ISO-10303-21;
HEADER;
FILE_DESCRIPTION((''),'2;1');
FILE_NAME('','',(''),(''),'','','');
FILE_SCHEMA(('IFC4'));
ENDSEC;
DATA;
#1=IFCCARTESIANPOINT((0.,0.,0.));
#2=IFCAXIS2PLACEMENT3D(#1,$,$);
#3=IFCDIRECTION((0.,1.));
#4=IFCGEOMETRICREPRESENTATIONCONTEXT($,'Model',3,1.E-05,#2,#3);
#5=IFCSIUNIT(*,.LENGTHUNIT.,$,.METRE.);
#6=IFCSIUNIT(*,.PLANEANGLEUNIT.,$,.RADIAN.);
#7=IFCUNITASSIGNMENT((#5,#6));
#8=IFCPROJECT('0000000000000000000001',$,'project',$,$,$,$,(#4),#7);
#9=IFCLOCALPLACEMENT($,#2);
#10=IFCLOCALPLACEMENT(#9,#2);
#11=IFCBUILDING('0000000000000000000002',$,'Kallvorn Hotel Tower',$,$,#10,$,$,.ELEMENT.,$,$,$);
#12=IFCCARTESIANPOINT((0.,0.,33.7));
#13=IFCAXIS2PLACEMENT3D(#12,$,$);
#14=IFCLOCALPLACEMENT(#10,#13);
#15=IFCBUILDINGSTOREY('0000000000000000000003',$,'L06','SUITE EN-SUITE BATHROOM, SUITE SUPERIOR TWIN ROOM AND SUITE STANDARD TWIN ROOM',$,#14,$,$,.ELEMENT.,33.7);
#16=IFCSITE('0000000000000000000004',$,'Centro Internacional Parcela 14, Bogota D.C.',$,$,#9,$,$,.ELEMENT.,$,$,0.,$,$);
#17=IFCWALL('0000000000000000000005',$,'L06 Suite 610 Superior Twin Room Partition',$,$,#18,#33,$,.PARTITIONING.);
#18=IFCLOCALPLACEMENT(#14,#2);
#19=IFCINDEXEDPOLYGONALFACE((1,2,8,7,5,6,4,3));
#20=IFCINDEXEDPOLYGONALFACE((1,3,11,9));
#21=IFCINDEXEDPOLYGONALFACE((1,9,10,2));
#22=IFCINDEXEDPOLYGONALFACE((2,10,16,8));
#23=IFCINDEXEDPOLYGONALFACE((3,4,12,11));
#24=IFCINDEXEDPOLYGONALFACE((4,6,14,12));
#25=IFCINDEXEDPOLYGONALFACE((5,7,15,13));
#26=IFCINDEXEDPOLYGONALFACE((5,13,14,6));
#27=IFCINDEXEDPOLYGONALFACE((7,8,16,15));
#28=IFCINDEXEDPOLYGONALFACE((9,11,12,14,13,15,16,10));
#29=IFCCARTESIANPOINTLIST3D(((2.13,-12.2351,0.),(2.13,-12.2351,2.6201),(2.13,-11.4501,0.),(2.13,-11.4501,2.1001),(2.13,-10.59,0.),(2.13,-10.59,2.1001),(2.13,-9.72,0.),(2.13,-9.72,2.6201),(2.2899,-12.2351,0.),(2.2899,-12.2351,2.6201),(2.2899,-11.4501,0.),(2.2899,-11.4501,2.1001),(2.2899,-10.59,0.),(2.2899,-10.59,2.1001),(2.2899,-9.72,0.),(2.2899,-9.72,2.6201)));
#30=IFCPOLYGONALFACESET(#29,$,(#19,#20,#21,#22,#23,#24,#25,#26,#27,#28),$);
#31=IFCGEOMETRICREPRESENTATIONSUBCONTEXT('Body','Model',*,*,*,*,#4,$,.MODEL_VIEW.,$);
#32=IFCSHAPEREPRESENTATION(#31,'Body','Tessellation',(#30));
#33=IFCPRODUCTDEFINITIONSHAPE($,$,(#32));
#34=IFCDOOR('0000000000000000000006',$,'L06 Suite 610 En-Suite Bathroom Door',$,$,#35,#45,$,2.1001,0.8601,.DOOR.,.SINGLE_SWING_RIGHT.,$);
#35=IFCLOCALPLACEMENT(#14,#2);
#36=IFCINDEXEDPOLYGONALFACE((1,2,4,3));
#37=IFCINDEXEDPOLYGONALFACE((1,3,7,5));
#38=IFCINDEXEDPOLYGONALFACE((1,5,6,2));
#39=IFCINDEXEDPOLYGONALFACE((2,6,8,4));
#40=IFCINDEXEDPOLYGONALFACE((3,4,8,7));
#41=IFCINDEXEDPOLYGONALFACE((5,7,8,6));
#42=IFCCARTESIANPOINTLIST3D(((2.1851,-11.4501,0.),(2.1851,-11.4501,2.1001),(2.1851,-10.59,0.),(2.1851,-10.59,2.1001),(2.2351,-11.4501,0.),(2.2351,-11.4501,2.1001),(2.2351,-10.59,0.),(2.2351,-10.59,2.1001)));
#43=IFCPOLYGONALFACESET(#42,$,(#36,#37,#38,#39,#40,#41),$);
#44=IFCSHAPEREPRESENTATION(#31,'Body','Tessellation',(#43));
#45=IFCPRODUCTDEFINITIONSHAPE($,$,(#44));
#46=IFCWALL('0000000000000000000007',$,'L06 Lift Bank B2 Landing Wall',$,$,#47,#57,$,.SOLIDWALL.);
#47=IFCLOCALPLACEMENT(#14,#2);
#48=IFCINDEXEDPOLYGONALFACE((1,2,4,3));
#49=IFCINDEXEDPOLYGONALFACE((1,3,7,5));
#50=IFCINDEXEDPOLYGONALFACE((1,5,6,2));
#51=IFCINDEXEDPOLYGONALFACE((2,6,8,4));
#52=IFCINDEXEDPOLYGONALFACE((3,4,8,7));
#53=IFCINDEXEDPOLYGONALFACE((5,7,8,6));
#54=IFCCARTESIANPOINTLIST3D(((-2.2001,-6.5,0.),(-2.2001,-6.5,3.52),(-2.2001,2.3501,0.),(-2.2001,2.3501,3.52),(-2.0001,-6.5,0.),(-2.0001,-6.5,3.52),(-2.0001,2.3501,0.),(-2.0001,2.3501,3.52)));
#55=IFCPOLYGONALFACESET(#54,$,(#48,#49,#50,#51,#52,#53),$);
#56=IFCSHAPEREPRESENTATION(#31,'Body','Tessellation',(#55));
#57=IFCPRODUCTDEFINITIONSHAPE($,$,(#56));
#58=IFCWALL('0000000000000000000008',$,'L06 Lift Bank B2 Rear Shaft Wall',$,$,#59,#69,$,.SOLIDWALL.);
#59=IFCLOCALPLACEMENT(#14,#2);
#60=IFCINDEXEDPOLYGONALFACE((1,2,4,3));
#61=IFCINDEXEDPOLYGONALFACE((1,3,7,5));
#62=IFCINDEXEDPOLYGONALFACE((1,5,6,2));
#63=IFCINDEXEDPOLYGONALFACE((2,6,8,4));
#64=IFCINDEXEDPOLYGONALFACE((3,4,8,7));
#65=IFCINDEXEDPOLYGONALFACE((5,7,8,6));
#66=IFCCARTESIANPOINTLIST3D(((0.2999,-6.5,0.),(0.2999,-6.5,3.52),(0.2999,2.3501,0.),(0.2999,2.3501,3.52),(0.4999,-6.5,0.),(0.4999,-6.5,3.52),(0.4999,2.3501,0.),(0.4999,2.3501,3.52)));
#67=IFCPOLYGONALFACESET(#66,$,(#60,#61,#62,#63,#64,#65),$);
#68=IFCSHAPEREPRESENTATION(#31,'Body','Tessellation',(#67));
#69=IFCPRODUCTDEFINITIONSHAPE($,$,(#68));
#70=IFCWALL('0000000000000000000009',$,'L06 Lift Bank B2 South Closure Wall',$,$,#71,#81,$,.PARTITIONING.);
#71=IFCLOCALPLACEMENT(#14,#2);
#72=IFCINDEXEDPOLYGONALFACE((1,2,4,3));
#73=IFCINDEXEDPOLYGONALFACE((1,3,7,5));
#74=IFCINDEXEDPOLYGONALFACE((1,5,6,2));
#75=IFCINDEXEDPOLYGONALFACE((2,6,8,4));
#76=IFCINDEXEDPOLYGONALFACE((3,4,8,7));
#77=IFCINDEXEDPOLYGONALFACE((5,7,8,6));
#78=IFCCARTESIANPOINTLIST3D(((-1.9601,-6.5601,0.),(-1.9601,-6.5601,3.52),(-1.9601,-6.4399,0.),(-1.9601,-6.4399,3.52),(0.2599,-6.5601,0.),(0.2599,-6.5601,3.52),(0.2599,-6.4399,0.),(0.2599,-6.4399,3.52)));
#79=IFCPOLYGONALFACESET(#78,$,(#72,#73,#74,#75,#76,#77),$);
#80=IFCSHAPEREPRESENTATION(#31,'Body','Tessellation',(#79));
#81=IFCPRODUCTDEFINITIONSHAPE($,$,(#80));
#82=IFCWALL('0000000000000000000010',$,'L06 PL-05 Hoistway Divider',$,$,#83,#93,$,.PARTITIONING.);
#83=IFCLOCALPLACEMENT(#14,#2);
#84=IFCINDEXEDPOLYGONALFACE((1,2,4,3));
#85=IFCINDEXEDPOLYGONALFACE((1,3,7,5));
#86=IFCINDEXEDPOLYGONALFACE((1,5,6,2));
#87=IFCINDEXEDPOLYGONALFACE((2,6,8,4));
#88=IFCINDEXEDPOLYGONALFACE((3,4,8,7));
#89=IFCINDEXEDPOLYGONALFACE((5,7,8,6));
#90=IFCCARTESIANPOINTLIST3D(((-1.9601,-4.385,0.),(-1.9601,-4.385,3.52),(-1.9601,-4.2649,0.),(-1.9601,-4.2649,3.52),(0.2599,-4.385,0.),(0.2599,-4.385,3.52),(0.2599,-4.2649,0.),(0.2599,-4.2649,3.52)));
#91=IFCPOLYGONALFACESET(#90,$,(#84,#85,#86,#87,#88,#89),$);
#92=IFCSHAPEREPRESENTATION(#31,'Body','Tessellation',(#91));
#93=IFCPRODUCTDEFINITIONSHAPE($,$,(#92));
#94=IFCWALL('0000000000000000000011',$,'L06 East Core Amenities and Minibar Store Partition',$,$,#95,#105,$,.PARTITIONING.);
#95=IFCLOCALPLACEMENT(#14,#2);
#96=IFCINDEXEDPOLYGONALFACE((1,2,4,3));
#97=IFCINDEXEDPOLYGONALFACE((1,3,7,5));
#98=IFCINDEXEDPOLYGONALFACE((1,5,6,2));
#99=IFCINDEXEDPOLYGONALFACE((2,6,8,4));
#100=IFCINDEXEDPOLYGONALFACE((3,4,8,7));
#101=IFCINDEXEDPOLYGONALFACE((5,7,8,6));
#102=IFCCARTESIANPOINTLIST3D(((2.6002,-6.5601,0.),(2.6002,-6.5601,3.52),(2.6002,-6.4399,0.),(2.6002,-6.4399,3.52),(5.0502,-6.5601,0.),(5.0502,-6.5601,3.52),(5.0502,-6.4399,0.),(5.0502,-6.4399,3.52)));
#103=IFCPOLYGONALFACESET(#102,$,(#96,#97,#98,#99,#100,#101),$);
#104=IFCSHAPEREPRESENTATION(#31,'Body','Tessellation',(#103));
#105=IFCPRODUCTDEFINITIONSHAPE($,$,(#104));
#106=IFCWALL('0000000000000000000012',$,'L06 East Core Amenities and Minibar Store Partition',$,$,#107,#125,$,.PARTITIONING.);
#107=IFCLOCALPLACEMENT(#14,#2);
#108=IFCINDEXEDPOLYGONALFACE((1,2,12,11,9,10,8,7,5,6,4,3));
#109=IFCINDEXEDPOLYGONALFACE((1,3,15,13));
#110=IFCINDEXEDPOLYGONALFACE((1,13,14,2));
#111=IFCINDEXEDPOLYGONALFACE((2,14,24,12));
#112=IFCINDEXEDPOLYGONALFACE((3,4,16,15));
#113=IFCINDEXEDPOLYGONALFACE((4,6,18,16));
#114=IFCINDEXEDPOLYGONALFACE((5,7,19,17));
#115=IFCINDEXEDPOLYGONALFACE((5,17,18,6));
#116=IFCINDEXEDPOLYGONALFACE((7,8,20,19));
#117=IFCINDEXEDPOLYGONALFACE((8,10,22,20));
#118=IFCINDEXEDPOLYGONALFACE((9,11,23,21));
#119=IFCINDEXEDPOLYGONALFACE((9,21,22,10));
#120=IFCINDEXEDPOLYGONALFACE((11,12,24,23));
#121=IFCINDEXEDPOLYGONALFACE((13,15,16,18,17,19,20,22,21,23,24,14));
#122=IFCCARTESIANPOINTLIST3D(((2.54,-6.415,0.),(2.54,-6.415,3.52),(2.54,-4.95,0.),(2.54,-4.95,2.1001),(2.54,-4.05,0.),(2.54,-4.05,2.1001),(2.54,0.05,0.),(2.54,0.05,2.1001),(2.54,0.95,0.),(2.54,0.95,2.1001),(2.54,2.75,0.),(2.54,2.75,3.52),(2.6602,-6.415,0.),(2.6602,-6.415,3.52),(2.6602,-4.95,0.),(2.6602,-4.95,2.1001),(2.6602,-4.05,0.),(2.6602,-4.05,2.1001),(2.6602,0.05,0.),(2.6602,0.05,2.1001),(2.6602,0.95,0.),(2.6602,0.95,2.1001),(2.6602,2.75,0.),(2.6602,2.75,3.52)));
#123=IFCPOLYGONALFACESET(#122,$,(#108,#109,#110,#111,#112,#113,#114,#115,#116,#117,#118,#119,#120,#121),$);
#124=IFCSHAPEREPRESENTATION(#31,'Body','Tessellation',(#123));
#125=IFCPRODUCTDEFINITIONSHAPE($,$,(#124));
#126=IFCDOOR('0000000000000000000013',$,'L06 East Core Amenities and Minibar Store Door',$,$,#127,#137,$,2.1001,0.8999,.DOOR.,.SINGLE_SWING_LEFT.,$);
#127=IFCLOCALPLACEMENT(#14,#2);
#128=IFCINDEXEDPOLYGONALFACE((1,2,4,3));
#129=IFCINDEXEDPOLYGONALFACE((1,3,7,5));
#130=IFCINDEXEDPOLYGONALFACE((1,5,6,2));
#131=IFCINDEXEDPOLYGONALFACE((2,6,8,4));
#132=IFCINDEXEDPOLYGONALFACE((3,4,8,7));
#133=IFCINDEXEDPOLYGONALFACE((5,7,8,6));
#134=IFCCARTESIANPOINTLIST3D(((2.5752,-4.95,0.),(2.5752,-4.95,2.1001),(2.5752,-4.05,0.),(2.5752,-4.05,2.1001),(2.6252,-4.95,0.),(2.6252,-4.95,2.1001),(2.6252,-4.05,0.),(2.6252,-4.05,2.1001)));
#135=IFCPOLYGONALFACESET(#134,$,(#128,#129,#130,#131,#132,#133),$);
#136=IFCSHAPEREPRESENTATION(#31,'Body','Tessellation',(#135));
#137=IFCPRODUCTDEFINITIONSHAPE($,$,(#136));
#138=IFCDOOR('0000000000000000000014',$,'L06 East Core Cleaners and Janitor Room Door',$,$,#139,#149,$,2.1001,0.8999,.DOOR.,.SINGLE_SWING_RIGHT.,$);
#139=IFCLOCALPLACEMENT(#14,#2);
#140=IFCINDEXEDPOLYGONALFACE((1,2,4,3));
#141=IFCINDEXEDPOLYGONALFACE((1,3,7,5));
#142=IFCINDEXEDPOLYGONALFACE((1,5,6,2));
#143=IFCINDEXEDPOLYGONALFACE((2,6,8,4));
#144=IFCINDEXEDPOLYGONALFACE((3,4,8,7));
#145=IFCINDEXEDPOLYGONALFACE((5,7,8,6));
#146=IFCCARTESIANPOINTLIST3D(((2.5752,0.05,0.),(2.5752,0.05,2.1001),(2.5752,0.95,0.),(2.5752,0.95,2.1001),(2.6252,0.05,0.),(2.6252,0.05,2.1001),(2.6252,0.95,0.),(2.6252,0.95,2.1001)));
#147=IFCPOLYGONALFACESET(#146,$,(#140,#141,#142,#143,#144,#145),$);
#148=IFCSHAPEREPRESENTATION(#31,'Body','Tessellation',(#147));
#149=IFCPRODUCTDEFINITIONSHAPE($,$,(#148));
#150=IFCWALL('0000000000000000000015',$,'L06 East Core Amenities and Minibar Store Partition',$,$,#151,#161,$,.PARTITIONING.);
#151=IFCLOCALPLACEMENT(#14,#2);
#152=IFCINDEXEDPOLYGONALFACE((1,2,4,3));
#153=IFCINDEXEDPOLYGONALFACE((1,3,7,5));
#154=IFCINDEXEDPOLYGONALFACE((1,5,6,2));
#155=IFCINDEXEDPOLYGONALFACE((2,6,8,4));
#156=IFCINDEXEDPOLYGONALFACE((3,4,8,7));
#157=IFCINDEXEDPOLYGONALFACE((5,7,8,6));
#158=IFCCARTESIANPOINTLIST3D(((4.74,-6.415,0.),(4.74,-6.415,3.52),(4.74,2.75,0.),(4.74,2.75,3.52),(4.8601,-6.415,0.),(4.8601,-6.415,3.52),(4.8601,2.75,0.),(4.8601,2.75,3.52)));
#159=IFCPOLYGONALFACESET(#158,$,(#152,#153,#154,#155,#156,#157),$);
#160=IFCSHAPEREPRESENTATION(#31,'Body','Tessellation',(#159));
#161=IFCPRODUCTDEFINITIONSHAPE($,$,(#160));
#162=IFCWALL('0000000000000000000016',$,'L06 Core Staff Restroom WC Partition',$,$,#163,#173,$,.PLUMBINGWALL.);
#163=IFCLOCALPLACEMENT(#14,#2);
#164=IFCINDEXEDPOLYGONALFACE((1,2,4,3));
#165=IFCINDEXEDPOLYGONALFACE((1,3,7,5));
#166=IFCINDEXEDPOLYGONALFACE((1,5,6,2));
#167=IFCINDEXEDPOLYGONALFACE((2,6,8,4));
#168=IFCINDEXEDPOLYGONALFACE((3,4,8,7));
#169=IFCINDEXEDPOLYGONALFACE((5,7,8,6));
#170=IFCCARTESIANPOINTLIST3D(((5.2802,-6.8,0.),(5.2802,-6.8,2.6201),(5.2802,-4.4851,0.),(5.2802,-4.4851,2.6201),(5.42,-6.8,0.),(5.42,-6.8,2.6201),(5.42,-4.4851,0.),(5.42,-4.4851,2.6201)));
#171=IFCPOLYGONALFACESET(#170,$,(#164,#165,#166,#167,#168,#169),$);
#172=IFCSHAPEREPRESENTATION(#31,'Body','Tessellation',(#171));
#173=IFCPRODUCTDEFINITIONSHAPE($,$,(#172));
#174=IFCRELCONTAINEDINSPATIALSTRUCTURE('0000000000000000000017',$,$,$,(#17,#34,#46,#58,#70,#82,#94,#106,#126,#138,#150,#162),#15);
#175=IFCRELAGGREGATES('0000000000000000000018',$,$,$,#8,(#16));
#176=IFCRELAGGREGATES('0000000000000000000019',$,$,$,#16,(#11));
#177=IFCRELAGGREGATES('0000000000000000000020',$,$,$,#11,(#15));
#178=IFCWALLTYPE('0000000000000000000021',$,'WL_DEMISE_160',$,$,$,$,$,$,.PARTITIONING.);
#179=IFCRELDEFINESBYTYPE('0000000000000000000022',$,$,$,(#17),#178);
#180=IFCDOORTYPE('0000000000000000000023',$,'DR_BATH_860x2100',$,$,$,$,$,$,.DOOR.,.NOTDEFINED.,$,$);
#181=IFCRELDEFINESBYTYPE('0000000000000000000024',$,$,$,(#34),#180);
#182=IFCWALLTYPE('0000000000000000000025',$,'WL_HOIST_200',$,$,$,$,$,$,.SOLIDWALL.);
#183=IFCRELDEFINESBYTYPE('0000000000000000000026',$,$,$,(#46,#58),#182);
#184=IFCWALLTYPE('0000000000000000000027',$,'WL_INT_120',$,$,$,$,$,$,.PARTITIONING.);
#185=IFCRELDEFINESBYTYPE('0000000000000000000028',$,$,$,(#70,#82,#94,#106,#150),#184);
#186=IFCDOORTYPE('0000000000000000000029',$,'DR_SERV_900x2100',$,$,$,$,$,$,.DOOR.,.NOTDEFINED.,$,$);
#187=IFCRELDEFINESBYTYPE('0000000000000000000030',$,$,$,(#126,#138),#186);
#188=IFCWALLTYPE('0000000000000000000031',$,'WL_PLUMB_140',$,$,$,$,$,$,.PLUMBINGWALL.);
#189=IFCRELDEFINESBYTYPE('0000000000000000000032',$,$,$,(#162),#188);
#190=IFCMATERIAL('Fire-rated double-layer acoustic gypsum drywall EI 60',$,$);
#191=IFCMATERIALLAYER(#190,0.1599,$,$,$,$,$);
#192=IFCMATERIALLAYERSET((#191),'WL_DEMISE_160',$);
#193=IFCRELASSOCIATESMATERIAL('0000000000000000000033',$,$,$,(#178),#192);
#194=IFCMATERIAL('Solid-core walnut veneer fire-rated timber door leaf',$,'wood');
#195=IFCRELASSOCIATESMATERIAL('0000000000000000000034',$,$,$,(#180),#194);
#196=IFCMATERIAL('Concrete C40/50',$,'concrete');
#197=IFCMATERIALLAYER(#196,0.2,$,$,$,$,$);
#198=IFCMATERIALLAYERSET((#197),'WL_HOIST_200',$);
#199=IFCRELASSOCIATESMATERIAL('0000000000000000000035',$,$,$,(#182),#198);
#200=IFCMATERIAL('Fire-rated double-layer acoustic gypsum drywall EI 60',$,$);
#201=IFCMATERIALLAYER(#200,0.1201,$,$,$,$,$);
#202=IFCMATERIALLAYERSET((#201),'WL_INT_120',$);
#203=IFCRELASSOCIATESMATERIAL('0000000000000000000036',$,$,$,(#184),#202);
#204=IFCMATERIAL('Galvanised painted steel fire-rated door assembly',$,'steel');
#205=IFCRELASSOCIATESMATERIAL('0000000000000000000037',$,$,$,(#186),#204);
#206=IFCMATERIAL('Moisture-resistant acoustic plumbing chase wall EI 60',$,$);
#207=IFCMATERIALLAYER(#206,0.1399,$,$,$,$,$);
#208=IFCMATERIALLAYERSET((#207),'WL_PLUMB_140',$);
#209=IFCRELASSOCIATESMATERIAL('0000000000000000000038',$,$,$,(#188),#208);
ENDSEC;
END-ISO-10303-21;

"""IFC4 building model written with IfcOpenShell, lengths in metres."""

from ifc_helpers import new_model, si_unit, direction, frame, frame_2d, origin, place, context, subcontext, project, spatial, rectangle, extrude, material, layer, layer_set, type_object, element, fill, save


model = new_model("IFC4")

# Units and contexts
model_context = context("Model", 3, precision=1e-05, world=origin(), true_north=direction((0.0, 1.0)))
body_context = subcontext(model_context, "Body", "Model", "MODEL_VIEW")
ifc_project = project(units=[si_unit("LENGTHUNIT", "METRE"), si_unit("PLANEANGLEUNIT", "RADIAN")], contexts=[model_context])

# Site, building, storey
site_placement = place(None, origin())
site = spatial("IfcSite", under=ifc_project, at=site_placement, Name="Centro Internacional Parcela 14, Bogota D.C.", CompositionType="ELEMENT", RefElevation=0.0)
building_placement = place(site_placement, origin())
building = spatial("IfcBuilding", under=site, at=building_placement, Name="Kallvorn Hotel Tower", CompositionType="ELEMENT")
storey_placement = place(building_placement, frame((0.0, 0.0, 33.7)))
storey = spatial("IfcBuildingStorey", under=building, at=storey_placement, Name="L06", Description="SUITE EN-SUITE BATHROOM, SUITE SUPERIOR TWIN ROOM AND SUITE STANDARD TWIN ROOM", CompositionType="ELEMENT", Elevation=33.7)

# Wall, opening, door
ifc_material_1 = material(Name="Fire-rated double-layer acoustic gypsum drywall EI 60")
ifc_layer_1 = layer(ifc_material_1, 0.1599)
ifc_layer_set_1 = layer_set([ifc_layer_1], Name="WL_DEMISE_160")
wall_type_1 = type_object("IfcWallType", Name="WL_DEMISE_160", PredefinedType="PARTITIONING", material=ifc_layer_set_1)
ifc_material_2 = material(Name="Solid-core walnut veneer fire-rated timber door leaf", Category="wood")
door_type_1 = type_object("IfcDoorType", Name="DR_BATH_860x2100", OperationType="NOTDEFINED", PredefinedType="DOOR", material=ifc_material_2)
wall_1_placement = place(storey_placement, frame((2.21, -12.2351, 0.0), z_axis=(0.0, 0.0, 1.0), x_axis=(0.0, 1.0, 0.0)))
wall_1 = element("IfcWall", 1, at=wall_1_placement, inside=storey, type_object=wall_type_1, Name="L06 Suite 610 Superior Twin Room Partition", PredefinedType="PARTITIONING", context=body_context, shape_type="SweptSolid", body=[
    extrude(rectangle(XDim=2.5151, YDim=0.1599, at=frame_2d((1.2576, 0.0))), origin(), (0.0, 0.0, 1.0), 2.6201),
])
opening_1_placement = place(wall_1_placement, frame((0.7849, 0.0, 0.0)))
opening_1 = element("IfcOpeningElement", 2, at=opening_1_placement, cuts=wall_1, PredefinedType="OPENING", context=body_context, shape_type="SweptSolid", body=[
    extrude(rectangle(XDim=0.8601, YDim=2.1001, at=frame_2d((0.4302, 1.05))), frame((0.0, 0.095, 0.0), z_axis=(0.0, -1.0, 0.0), x_axis=(1.0, 0.0, 0.0)), (0.0, 0.0, 1.0), 0.1899),
])
door_1_placement = place(opening_1_placement, origin())
door_1 = element("IfcDoor", 3, at=door_1_placement, inside=storey, type_object=door_type_1, Name="L06 Suite 610 En-Suite Bathroom Door", OperationType="SINGLE_SWING_RIGHT", OverallHeight=2.1001, OverallWidth=0.8601, PredefinedType="DOOR", context=body_context, shape_type="SweptSolid", body=[
    extrude(rectangle(XDim=0.8601, YDim=2.1001, at=frame_2d((0.4302, 1.05))), frame((0.0, 0.0249, 0.0), z_axis=(0.0, -1.0, 0.0), x_axis=(1.0, 0.0, 0.0)), (0.0, 0.0, 1.0), 0.05),
])
fill(opening_1, door_1)

# Walls
ifc_material_3 = material(Name="Concrete C40/50", Category="concrete")
ifc_layer_2 = layer(ifc_material_3, 0.2)
ifc_layer_set_2 = layer_set([ifc_layer_2], Name="WL_HOIST_200")
wall_type_2 = type_object("IfcWallType", Name="WL_HOIST_200", PredefinedType="SOLIDWALL", material=ifc_layer_set_2)
for number, where, z_axis, x_axis, name in (
    (4, (-2.1001, -6.5, 0.0), (0.0, 0.0, 1.0), (0.0, 1.0, 0.0), "L06 Lift Bank B2 Landing Wall"),
    (5, (0.3999, -6.5, 0.0), (0.0, 0.0, 1.0), (0.0, 1.0, 0.0), "L06 Lift Bank B2 Rear Shaft Wall"),
):
    element("IfcWall", number, at=place(storey_placement, frame(where, z_axis=z_axis, x_axis=x_axis)), inside=storey, type_object=wall_type_2, Name=name, PredefinedType="SOLIDWALL", context=body_context, shape_type="SweptSolid", body=[
        extrude(rectangle(XDim=8.8501, YDim=0.2, at=frame_2d((4.425, 0.0))), origin(), (0.0, 0.0, 1.0), 3.52),
    ])
ifc_material_4 = material(Name="Fire-rated double-layer acoustic gypsum drywall EI 60")
ifc_layer_3 = layer(ifc_material_4, 0.1201)
ifc_layer_set_3 = layer_set([ifc_layer_3], Name="WL_INT_120")
wall_type_3 = type_object("IfcWallType", Name="WL_INT_120", PredefinedType="PARTITIONING", material=ifc_layer_set_3)
for number, where, z_axis, x_axis, name in (
    (6, (-1.96, -6.5, 0.0), (0.0, 0.0, 1.0), (1.0, 0.0, 0.0), "L06 Lift Bank B2 South Closure Wall"),
    (7, (-1.96, -4.325, 0.0), (0.0, 0.0, 1.0), (1.0, 0.0, 0.0), "L06 PL-05 Hoistway Divider"),
):
    element("IfcWall", number, at=place(storey_placement, frame(where, z_axis=z_axis, x_axis=x_axis)), inside=storey, type_object=wall_type_3, Name=name, PredefinedType="PARTITIONING", context=body_context, shape_type="SweptSolid", body=[
        extrude(rectangle(XDim=2.22, YDim=0.1201, at=frame_2d((1.1099, 0.0))), origin(), (0.0, 0.0, 1.0), 3.52),
    ])
wall_2_placement = place(storey_placement, frame((2.6001, -6.5, 0.0), z_axis=(0.0, 0.0, 1.0), x_axis=(1.0, 0.0, 0.0)))
element("IfcWall", 8, at=wall_2_placement, inside=storey, type_object=wall_type_3, Name="L06 East Core Amenities and Minibar Store Partition", PredefinedType="PARTITIONING", context=body_context, shape_type="SweptSolid", body=[
    extrude(rectangle(XDim=2.45, YDim=0.1201, at=frame_2d((1.2251, 0.0))), origin(), (0.0, 0.0, 1.0), 3.52),
])

# Wall, openings, doors
wall_3_placement = place(storey_placement, frame((2.6001, -6.415, 0.0), z_axis=(0.0, 0.0, 1.0), x_axis=(0.0, 1.0, 0.0)))
wall_3 = element("IfcWall", 9, at=wall_3_placement, inside=storey, type_object=wall_type_3, Name="L06 East Core Amenities and Minibar Store Partition", PredefinedType="PARTITIONING", context=body_context, shape_type="SweptSolid", body=[
    extrude(rectangle(XDim=9.165, YDim=0.1201, at=frame_2d((4.5825, 0.0))), origin(), (0.0, 0.0, 1.0), 3.52),
])
opening_2_placement = place(wall_3_placement, frame((1.4651, 0.0, 0.0)))
opening_2 = element("IfcOpeningElement", 10, at=opening_2_placement, cuts=wall_3, PredefinedType="OPENING", context=body_context, shape_type="SweptSolid", body=[
    extrude(rectangle(XDim=0.8999, YDim=2.1001, at=frame_2d((0.45, 1.05))), frame((0.0, 0.075, 0.0), z_axis=(0.0, -1.0, 0.0), x_axis=(1.0, 0.0, 0.0)), (0.0, 0.0, 1.0), 0.1501),
])
opening_3_placement = place(wall_3_placement, frame((6.4651, 0.0, 0.0)))
opening_3 = element("IfcOpeningElement", 11, at=opening_3_placement, cuts=wall_3, PredefinedType="OPENING", context=body_context, shape_type="SweptSolid", body=[
    extrude(rectangle(XDim=0.8999, YDim=2.1001, at=frame_2d((0.45, 1.05))), frame((0.0, 0.075, 0.0), z_axis=(0.0, -1.0, 0.0), x_axis=(1.0, 0.0, 0.0)), (0.0, 0.0, 1.0), 0.1501),
])
ifc_material_5 = material(Name="Galvanised painted steel fire-rated door assembly", Category="steel")
door_type_2 = type_object("IfcDoorType", Name="DR_SERV_900x2100", OperationType="NOTDEFINED", PredefinedType="DOOR", material=ifc_material_5)
door_2_placement = place(opening_2_placement, origin())
door_2 = element("IfcDoor", 12, at=door_2_placement, inside=storey, type_object=door_type_2, Name="L06 East Core Amenities and Minibar Store Door", OperationType="SINGLE_SWING_LEFT", OverallHeight=2.1001, OverallWidth=0.8999, PredefinedType="DOOR", context=body_context, shape_type="SweptSolid", body=[
    extrude(rectangle(XDim=0.8999, YDim=2.1001, at=frame_2d((0.45, 1.05))), frame((0.0, 0.0249, 0.0), z_axis=(0.0, -1.0, 0.0), x_axis=(1.0, 0.0, 0.0)), (0.0, 0.0, 1.0), 0.05),
])
fill(opening_2, door_2)
door_3_placement = place(opening_3_placement, origin())
door_3 = element("IfcDoor", 13, at=door_3_placement, inside=storey, type_object=door_type_2, Name="L06 East Core Cleaners and Janitor Room Door", OperationType="SINGLE_SWING_RIGHT", OverallHeight=2.1001, OverallWidth=0.8999, PredefinedType="DOOR", context=body_context, shape_type="SweptSolid", body=[
    extrude(rectangle(XDim=0.8999, YDim=2.1001, at=frame_2d((0.45, 1.05))), frame((0.0, 0.0249, 0.0), z_axis=(0.0, -1.0, 0.0), x_axis=(1.0, 0.0, 0.0)), (0.0, 0.0, 1.0), 0.05),
])
fill(opening_3, door_3)

# Walls
wall_4_placement = place(storey_placement, frame((4.8, -6.415, 0.0), z_axis=(0.0, 0.0, 1.0), x_axis=(0.0, 1.0, 0.0)))
element("IfcWall", 14, at=wall_4_placement, inside=storey, type_object=wall_type_3, Name="L06 East Core Amenities and Minibar Store Partition", PredefinedType="PARTITIONING", context=body_context, shape_type="SweptSolid", body=[
    extrude(rectangle(XDim=9.165, YDim=0.1201, at=frame_2d((4.5825, 0.0))), origin(), (0.0, 0.0, 1.0), 3.52),
])
ifc_material_6 = material(Name="Moisture-resistant acoustic plumbing chase wall EI 60")
ifc_layer_4 = layer(ifc_material_6, 0.1399)
ifc_layer_set_4 = layer_set([ifc_layer_4], Name="WL_PLUMB_140")
wall_type_4 = type_object("IfcWallType", Name="WL_PLUMB_140", PredefinedType="PLUMBINGWALL", material=ifc_layer_set_4)
wall_5_placement = place(storey_placement, frame((5.3501, -6.8, 0.0), z_axis=(0.0, 0.0, 1.0), x_axis=(0.0, 1.0, 0.0)))
element("IfcWall", 15, at=wall_5_placement, inside=storey, type_object=wall_type_4, Name="L06 Core Staff Restroom WC Partition", PredefinedType="PLUMBINGWALL", context=body_context, shape_type="SweptSolid", body=[
    extrude(rectangle(XDim=2.3149, YDim=0.1399, at=frame_2d((1.1575, 0.0))), origin(), (0.0, 0.0, 1.0), 2.6201),
])

save(model, "model.ifc")
